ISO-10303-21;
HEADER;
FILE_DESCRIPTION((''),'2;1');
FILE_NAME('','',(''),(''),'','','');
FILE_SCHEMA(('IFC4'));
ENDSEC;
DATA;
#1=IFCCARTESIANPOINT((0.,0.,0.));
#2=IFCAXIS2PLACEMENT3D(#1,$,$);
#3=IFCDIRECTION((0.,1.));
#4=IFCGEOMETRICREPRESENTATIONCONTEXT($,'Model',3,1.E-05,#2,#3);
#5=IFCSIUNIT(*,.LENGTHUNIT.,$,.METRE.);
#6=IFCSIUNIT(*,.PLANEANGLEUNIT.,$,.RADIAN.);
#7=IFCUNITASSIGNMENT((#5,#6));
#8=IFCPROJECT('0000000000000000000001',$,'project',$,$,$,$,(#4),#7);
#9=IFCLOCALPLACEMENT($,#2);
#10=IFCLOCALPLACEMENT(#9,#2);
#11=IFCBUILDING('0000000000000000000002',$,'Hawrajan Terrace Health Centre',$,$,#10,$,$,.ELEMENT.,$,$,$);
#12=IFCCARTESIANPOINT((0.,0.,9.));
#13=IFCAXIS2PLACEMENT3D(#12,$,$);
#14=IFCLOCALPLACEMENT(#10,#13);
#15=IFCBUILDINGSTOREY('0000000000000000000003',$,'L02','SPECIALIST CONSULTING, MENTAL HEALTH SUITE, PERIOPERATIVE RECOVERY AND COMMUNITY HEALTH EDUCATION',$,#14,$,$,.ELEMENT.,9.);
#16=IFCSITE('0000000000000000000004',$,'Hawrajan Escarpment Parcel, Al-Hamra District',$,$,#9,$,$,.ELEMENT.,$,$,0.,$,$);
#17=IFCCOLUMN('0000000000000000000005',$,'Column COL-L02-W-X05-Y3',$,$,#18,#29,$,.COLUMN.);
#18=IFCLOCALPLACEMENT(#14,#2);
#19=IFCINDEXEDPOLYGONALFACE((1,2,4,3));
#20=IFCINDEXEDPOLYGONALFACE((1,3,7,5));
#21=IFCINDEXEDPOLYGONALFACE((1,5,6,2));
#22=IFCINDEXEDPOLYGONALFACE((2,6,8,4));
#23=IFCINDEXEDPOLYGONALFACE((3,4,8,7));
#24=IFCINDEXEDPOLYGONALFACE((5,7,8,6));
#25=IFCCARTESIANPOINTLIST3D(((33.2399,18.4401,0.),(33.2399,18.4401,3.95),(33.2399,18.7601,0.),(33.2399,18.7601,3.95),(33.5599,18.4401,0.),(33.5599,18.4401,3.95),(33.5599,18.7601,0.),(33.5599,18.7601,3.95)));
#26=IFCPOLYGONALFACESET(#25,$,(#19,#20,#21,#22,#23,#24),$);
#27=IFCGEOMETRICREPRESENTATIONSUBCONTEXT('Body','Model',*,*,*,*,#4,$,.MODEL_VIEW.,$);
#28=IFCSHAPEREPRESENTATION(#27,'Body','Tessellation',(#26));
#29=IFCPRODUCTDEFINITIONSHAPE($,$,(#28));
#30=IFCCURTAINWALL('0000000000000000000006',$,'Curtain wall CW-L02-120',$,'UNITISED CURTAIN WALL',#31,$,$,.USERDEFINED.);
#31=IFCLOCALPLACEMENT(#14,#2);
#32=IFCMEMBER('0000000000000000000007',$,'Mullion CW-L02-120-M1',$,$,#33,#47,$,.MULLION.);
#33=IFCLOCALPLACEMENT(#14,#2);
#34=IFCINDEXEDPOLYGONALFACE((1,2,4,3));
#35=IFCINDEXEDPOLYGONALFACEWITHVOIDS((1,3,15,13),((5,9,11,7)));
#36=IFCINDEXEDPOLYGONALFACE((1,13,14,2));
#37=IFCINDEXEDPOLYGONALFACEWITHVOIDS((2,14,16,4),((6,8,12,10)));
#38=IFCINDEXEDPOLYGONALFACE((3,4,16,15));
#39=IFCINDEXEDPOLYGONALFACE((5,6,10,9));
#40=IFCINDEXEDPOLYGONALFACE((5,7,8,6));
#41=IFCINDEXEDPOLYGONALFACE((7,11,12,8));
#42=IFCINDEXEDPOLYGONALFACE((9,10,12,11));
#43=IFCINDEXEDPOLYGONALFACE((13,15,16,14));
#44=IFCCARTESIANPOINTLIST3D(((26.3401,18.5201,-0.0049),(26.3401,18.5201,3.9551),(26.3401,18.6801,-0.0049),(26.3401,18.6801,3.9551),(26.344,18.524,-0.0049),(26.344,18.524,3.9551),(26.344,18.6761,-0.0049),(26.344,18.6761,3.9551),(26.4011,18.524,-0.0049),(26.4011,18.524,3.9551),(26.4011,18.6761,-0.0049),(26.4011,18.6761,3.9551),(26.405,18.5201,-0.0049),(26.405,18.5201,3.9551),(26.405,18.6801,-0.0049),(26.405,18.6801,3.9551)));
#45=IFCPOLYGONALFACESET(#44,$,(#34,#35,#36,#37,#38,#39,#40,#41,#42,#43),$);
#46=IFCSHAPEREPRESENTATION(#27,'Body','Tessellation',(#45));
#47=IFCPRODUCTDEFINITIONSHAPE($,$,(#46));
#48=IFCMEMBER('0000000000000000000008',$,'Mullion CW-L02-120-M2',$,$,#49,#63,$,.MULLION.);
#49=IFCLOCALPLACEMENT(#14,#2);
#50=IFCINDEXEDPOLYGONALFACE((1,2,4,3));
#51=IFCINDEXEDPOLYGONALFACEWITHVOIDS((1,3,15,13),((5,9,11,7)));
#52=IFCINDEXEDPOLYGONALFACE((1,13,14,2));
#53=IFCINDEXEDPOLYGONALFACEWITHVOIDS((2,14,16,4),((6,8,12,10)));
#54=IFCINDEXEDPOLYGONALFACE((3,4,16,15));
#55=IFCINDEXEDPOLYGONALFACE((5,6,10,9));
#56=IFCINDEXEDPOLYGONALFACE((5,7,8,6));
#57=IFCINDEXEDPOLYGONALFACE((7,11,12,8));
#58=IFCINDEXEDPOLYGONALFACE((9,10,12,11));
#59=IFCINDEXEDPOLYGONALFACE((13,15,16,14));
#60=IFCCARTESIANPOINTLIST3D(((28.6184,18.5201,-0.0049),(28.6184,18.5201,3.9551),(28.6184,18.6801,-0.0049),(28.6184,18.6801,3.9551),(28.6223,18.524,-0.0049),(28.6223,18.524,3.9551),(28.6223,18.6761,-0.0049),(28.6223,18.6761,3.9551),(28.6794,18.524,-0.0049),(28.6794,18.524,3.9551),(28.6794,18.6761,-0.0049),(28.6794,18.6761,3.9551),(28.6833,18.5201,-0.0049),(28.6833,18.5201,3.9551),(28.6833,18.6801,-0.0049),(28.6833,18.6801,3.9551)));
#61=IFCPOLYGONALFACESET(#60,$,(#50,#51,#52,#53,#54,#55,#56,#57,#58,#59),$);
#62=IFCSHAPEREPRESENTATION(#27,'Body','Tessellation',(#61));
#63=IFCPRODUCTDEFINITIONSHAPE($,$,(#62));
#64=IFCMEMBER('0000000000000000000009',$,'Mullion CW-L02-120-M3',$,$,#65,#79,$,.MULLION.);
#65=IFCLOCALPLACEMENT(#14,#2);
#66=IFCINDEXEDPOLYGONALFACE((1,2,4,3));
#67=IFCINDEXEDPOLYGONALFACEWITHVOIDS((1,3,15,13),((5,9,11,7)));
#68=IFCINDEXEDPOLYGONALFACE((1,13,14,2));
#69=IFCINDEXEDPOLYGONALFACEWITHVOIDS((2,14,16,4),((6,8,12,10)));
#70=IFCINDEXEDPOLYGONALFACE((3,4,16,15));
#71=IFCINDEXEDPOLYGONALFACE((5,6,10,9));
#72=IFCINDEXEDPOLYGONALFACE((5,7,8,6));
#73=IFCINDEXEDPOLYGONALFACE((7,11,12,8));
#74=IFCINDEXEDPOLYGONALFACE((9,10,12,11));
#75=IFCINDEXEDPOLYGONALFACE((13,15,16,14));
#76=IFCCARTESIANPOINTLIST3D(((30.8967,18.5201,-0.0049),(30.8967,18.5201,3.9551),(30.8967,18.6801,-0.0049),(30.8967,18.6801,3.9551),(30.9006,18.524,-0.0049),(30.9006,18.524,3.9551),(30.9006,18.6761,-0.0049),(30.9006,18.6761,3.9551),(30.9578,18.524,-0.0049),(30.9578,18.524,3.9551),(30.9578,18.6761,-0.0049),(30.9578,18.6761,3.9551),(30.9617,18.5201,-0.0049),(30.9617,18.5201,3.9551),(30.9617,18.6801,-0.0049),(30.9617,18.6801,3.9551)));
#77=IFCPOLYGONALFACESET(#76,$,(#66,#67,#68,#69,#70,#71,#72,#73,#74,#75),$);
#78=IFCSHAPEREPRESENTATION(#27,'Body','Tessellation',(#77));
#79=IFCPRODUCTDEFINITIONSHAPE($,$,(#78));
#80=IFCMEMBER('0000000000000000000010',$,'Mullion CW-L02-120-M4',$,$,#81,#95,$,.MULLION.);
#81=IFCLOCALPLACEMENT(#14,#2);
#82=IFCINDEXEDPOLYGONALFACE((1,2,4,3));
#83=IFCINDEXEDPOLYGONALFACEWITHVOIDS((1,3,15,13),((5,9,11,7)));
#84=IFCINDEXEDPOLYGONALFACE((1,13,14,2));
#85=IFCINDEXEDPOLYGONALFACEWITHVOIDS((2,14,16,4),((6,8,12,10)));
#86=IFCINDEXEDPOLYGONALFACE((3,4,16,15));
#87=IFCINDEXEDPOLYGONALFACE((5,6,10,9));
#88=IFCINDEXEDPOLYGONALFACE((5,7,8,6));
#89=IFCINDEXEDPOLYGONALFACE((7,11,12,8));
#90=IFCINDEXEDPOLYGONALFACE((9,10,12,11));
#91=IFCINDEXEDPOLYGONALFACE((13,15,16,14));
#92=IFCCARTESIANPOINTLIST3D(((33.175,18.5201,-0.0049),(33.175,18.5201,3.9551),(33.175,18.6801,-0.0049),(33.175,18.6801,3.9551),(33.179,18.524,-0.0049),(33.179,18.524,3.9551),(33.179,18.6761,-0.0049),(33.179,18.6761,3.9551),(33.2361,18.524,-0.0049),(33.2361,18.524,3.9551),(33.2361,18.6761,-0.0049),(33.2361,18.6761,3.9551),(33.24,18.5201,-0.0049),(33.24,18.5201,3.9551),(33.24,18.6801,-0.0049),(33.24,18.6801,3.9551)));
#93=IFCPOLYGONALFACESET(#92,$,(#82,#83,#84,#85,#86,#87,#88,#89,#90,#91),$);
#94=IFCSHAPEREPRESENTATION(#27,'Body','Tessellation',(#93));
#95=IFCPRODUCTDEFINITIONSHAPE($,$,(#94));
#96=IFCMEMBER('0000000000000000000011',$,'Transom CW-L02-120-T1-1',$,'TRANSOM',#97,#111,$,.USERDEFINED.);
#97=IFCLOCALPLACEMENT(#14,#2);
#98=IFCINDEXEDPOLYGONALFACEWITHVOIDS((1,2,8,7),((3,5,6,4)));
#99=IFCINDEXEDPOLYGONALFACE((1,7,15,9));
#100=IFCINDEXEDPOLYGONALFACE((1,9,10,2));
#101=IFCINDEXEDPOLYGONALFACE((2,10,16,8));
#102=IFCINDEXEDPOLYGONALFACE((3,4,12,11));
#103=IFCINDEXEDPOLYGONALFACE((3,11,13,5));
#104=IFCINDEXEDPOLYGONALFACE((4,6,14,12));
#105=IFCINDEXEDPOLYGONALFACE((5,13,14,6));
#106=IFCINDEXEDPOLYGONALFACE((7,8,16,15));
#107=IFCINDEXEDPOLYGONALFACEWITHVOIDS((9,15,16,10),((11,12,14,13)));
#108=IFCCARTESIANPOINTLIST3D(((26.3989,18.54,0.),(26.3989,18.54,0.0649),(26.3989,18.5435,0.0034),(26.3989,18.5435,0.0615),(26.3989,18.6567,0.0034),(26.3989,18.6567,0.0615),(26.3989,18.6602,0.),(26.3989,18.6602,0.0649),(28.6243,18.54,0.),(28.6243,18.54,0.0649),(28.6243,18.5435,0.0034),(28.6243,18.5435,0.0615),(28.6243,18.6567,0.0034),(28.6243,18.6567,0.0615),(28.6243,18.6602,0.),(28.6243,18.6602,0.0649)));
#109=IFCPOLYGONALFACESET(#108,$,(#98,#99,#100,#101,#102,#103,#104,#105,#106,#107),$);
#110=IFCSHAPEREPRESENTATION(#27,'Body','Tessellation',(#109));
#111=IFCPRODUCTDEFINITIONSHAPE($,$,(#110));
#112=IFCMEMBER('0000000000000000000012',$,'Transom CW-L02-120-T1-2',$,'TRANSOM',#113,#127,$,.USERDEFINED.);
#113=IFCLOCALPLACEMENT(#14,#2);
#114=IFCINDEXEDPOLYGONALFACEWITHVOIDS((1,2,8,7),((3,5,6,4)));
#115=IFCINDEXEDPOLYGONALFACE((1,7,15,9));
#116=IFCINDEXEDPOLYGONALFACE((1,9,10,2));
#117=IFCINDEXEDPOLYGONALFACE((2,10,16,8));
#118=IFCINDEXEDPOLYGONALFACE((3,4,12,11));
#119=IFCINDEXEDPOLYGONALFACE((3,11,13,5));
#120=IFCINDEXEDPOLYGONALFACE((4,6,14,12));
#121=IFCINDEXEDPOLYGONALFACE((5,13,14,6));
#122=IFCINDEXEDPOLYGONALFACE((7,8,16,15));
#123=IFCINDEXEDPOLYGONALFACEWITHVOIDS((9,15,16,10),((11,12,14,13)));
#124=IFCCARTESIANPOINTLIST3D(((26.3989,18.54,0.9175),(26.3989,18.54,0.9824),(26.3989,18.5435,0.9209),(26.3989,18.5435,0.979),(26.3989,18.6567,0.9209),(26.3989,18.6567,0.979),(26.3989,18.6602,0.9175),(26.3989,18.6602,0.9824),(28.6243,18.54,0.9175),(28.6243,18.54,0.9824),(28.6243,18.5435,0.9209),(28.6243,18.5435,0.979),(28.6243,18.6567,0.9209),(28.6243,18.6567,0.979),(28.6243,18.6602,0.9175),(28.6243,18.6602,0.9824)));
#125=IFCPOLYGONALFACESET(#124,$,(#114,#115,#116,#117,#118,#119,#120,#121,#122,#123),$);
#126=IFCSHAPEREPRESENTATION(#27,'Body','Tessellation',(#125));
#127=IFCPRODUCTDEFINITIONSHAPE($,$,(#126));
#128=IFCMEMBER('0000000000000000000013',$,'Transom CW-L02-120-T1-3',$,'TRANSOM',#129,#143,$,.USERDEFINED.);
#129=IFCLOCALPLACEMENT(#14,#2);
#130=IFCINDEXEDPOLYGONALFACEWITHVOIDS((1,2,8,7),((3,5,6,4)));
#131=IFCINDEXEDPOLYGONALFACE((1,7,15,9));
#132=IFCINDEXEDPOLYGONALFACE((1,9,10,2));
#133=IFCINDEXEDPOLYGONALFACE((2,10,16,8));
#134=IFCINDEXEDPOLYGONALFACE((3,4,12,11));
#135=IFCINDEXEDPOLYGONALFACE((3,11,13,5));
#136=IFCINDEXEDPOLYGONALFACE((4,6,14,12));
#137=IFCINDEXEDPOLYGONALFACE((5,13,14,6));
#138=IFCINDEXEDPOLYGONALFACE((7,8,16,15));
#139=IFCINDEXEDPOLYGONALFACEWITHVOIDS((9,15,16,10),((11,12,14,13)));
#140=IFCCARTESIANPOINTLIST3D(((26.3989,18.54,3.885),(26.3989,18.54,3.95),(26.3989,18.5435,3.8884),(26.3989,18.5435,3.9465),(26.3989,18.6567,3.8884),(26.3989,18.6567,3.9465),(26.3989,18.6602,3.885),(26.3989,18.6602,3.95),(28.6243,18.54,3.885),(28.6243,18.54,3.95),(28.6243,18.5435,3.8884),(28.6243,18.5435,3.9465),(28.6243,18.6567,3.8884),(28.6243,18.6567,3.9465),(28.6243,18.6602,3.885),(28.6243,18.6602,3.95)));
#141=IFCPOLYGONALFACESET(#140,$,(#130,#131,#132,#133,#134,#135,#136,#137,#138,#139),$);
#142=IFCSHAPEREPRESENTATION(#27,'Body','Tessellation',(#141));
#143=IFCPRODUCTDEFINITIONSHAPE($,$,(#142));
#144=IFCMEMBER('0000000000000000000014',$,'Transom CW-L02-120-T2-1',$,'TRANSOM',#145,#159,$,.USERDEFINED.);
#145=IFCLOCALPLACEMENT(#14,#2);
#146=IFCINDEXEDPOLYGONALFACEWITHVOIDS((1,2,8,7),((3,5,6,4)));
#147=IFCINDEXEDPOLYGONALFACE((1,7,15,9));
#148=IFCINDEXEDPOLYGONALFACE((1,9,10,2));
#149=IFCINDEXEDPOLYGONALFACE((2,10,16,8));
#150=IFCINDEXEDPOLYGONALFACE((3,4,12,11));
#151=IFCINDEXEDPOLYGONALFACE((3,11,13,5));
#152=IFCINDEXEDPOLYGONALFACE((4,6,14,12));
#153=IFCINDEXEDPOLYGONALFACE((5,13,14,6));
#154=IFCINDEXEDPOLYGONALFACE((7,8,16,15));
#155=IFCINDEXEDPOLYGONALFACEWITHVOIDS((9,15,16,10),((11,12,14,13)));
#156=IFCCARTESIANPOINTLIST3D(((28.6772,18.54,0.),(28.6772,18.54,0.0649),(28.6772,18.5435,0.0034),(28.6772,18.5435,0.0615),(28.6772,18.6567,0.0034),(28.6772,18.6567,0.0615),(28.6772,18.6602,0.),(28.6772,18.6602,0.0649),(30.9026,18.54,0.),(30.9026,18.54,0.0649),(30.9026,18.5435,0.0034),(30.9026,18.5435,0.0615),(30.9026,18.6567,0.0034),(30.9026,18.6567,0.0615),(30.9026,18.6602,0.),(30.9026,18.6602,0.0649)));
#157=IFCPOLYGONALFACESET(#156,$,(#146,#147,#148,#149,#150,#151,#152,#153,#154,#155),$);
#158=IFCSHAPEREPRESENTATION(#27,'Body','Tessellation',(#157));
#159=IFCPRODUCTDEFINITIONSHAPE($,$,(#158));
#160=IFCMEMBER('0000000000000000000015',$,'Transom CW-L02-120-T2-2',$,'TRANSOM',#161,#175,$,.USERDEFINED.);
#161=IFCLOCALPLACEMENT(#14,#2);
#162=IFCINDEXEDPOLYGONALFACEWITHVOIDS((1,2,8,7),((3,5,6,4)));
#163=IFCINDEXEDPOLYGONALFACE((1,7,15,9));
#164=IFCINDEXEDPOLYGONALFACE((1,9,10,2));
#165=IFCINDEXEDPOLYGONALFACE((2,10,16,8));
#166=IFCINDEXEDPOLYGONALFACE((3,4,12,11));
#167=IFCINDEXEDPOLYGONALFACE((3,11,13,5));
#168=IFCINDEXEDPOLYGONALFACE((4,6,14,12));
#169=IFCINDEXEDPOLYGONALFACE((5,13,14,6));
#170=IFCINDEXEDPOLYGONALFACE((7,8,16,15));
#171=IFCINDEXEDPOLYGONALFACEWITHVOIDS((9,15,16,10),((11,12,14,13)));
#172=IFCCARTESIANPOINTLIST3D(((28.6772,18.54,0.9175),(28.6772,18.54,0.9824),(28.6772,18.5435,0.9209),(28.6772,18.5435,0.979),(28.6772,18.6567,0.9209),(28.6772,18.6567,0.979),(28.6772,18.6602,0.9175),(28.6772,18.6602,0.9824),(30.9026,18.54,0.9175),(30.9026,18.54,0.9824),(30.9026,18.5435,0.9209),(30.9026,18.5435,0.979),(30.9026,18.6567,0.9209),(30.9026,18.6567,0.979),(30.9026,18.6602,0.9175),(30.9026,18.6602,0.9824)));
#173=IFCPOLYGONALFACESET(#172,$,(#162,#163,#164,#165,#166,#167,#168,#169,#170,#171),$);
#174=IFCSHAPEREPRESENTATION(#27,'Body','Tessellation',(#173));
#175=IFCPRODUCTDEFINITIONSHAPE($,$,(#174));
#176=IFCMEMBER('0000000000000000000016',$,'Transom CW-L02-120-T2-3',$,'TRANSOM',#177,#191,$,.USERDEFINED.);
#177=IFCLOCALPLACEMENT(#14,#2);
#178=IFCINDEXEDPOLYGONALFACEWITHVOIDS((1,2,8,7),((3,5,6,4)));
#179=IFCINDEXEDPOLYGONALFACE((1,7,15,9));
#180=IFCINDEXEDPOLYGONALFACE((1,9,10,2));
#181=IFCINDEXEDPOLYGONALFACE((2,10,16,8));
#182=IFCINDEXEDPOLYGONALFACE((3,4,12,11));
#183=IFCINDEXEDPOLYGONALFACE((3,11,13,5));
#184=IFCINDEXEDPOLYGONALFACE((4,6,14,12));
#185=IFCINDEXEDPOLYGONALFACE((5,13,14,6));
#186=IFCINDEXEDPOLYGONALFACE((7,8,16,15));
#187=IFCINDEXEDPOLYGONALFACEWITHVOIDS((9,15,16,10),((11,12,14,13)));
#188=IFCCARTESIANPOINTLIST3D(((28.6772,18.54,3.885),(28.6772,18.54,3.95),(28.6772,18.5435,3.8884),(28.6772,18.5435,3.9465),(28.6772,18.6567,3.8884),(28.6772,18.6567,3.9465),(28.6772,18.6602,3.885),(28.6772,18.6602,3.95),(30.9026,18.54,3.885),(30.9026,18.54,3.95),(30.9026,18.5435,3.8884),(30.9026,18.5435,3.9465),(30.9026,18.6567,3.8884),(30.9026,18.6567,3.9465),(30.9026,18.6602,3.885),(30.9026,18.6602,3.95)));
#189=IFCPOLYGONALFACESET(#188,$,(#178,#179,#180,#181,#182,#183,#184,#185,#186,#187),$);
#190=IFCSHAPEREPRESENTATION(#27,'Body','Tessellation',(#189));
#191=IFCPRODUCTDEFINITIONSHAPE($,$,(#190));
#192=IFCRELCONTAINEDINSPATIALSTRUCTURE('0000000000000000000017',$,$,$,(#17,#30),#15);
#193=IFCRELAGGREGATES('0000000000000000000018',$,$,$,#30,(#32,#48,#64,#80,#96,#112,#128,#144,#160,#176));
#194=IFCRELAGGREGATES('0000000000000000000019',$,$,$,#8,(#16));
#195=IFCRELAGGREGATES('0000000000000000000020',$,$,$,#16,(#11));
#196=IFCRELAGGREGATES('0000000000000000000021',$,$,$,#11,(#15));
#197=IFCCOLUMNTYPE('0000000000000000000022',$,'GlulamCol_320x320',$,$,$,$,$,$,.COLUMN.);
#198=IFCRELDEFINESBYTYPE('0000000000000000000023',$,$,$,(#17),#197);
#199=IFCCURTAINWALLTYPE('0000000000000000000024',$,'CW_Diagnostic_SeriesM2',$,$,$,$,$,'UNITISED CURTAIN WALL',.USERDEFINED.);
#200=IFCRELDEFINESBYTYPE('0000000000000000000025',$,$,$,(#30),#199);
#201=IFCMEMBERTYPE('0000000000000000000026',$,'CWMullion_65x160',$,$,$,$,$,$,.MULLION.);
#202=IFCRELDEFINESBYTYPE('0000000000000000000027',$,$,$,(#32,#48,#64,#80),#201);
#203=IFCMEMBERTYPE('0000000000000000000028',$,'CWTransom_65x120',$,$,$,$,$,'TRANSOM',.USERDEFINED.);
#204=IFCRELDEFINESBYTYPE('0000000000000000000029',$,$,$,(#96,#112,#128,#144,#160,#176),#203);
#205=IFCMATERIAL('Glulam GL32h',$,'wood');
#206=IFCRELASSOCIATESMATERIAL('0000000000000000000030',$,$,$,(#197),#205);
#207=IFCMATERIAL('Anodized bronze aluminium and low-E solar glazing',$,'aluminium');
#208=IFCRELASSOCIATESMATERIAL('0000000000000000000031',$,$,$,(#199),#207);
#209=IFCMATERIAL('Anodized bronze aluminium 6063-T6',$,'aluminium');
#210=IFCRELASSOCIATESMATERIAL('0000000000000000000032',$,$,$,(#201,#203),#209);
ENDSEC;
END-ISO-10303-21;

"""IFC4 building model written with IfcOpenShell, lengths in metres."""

from ifc_helpers import new_model, si_unit, direction, frame, origin, origin_2d, place, context, subcontext, project, spatial, rectangle, hollow_rectangle, extrude, material, material_profile, profile_set, type_object, element, aggregate, save


model = new_model("IFC4")

# Units and contexts
model_context = context("Model", 3, precision=1e-05, world=origin(), true_north=direction((0.0, 1.0)))
body_context = subcontext(model_context, "Body", "Model", "MODEL_VIEW")
ifc_project = project(units=[si_unit("LENGTHUNIT", "METRE"), si_unit("PLANEANGLEUNIT", "RADIAN")], contexts=[model_context])

# Site, building, storey
site_placement = place(None, origin())
site = spatial("IfcSite", under=ifc_project, at=site_placement, Name="Hawrajan Escarpment Parcel, Al-Hamra District", CompositionType="ELEMENT", RefElevation=0.0)
building_placement = place(site_placement, origin())
building = spatial("IfcBuilding", under=site, at=building_placement, Name="Hawrajan Terrace Health Centre", CompositionType="ELEMENT")
storey_placement = place(building_placement, frame((0.0, 0.0, 9.0)))
storey = spatial("IfcBuildingStorey", under=building, at=storey_placement, Name="L02", Description="SPECIALIST CONSULTING, MENTAL HEALTH SUITE, PERIOPERATIVE RECOVERY AND COMMUNITY HEALTH EDUCATION", CompositionType="ELEMENT", Elevation=9.0)

# Column
ifc_material_1 = material(Name="Glulam GL32h", Category="wood")
ifc_material_profile_1 = material_profile(ifc_material_1, rectangle(XDim=0.3201, YDim=0.3201, at=origin_2d()), Name="GL 320x320")
ifc_profile_set_1 = profile_set([ifc_material_profile_1], Name="Glulam GL32h")
column_type = type_object("IfcColumnType", Name="GlulamCol_320x320", PredefinedType="COLUMN", material=ifc_profile_set_1)
column_placement = place(storey_placement, frame((33.3999, 18.6001, 0.0), z_axis=(0.0, 0.0, 1.0), x_axis=(1.0, 0.0, 0.0)))
element("IfcColumn", 1, at=column_placement, inside=storey, type_object=column_type, Name="Column COL-L02-W-X05-Y3", PredefinedType="COLUMN", context=body_context, shape_type="SweptSolid", body=[
    extrude(rectangle(XDim=0.3201, YDim=0.3201, at=origin_2d()), origin(), (0.0, 0.0, 1.0), 3.95),
])

# Curtain wall, members
ifc_material_2 = material(Name="Anodized bronze aluminium and low-E solar glazing", Category="aluminium")
curtain_wall_type = type_object("IfcCurtainWallType", Name="CW_Diagnostic_SeriesM2", ElementType="UNITISED CURTAIN WALL", PredefinedType="USERDEFINED", material=ifc_material_2)
curtain_wall_placement = place(storey_placement, origin())
curtain_wall = element("IfcCurtainWall", 2, at=curtain_wall_placement, inside=storey, type_object=curtain_wall_type, Name="Curtain wall CW-L02-120", ObjectType="UNITISED CURTAIN WALL", PredefinedType="USERDEFINED")
ifc_material_3 = material(Name="Anodized bronze aluminium 6063-T6", Category="aluminium")
ifc_material_profile_2 = material_profile(ifc_material_3, hollow_rectangle(XDim=0.0649, YDim=0.1599, WallThickness=0.0039, at=origin_2d()), Name="CW MUL 65x160")
ifc_profile_set_2 = profile_set([ifc_material_profile_2], Name="Anodized bronze aluminium 6063-T6")
member_type_1 = type_object("IfcMemberType", Name="CWMullion_65x160", PredefinedType="MULLION", material=ifc_profile_set_2)
member_1_placement = place(storey_placement, frame((26.3726, 18.6001, -0.0049), z_axis=(0.0, 0.0, 1.0), x_axis=(1.0, 0.0, 0.0)))
member_1 = element("IfcMember", 3, at=member_1_placement, type_object=member_type_1, Name="Mullion CW-L02-120-M1", PredefinedType="MULLION", context=body_context, shape_type="SweptSolid", body=[
    extrude(hollow_rectangle(XDim=0.0649, YDim=0.1599, WallThickness=0.0039, at=origin_2d()), origin(), (0.0, 0.0, 1.0), 3.96),
])
member_2_placement = place(storey_placement, frame((28.6509, 18.6001, -0.0049), z_axis=(0.0, 0.0, 1.0), x_axis=(1.0, 0.0, 0.0)))
member_2 = element("IfcMember", 4, at=member_2_placement, type_object=member_type_1, Name="Mullion CW-L02-120-M2", PredefinedType="MULLION", context=body_context, shape_type="SweptSolid", body=[
    extrude(hollow_rectangle(XDim=0.0649, YDim=0.1599, WallThickness=0.0039, at=origin_2d()), origin(), (0.0, 0.0, 1.0), 3.96),
])
member_3_placement = place(storey_placement, frame((30.9292, 18.6001, -0.0049), z_axis=(0.0, 0.0, 1.0), x_axis=(1.0, 0.0, 0.0)))
member_3 = element("IfcMember", 5, at=member_3_placement, type_object=member_type_1, Name="Mullion CW-L02-120-M3", PredefinedType="MULLION", context=body_context, shape_type="SweptSolid", body=[
    extrude(hollow_rectangle(XDim=0.0649, YDim=0.1599, WallThickness=0.0039, at=origin_2d()), origin(), (0.0, 0.0, 1.0), 3.96),
])
member_4_placement = place(storey_placement, frame((33.2075, 18.6001, -0.0049), z_axis=(0.0, 0.0, 1.0), x_axis=(1.0, 0.0, 0.0)))
member_4 = element("IfcMember", 6, at=member_4_placement, type_object=member_type_1, Name="Mullion CW-L02-120-M4", PredefinedType="MULLION", context=body_context, shape_type="SweptSolid", body=[
    extrude(hollow_rectangle(XDim=0.0649, YDim=0.1599, WallThickness=0.0039, at=origin_2d()), origin(), (0.0, 0.0, 1.0), 3.96),
])
ifc_material_profile_3 = material_profile(ifc_material_3, hollow_rectangle(XDim=0.0649, YDim=0.1201, WallThickness=0.0034, at=origin_2d()), Name="CW TRN 65x120")
ifc_profile_set_3 = profile_set([ifc_material_profile_3], Name="Anodized bronze aluminium 6063-T6")
member_type_2 = type_object("IfcMemberType", Name="CWTransom_65x120", ElementType="TRANSOM", PredefinedType="USERDEFINED", material=ifc_profile_set_3)
member_5_placement = place(storey_placement, frame((26.3989, 18.6001, 0.0325), z_axis=(1.0, 0.0, 0.0), x_axis=(0.0, 0.0, 1.0)))
member_5 = element("IfcMember", 7, at=member_5_placement, type_object=member_type_2, Name="Transom CW-L02-120-T1-1", ObjectType="TRANSOM", PredefinedType="USERDEFINED", context=body_context, shape_type="SweptSolid", body=[
    extrude(hollow_rectangle(XDim=0.0649, YDim=0.1201, WallThickness=0.0034, at=origin_2d()), origin(), (0.0, 0.0, 1.0), 2.2253),
])
member_6_placement = place(storey_placement, frame((26.3989, 18.6001, 0.95), z_axis=(1.0, 0.0, 0.0), x_axis=(0.0, 0.0, 1.0)))
member_6 = element("IfcMember", 8, at=member_6_placement, type_object=member_type_2, Name="Transom CW-L02-120-T1-2", ObjectType="TRANSOM", PredefinedType="USERDEFINED", context=body_context, shape_type="SweptSolid", body=[
    extrude(hollow_rectangle(XDim=0.0649, YDim=0.1201, WallThickness=0.0034, at=origin_2d()), origin(), (0.0, 0.0, 1.0), 2.2253),
])
member_7_placement = place(storey_placement, frame((26.3989, 18.6001, 3.9175), z_axis=(1.0, 0.0, 0.0), x_axis=(0.0, 0.0, 1.0)))
member_7 = element("IfcMember", 9, at=member_7_placement, type_object=member_type_2, Name="Transom CW-L02-120-T1-3", ObjectType="TRANSOM", PredefinedType="USERDEFINED", context=body_context, shape_type="SweptSolid", body=[
    extrude(hollow_rectangle(XDim=0.0649, YDim=0.1201, WallThickness=0.0034, at=origin_2d()), origin(), (0.0, 0.0, 1.0), 2.2253),
])
member_8_placement = place(storey_placement, frame((28.6772, 18.6001, 0.0325), z_axis=(1.0, 0.0, 0.0), x_axis=(0.0, 0.0, 1.0)))
member_8 = element("IfcMember", 10, at=member_8_placement, type_object=member_type_2, Name="Transom CW-L02-120-T2-1", ObjectType="TRANSOM", PredefinedType="USERDEFINED", context=body_context, shape_type="SweptSolid", body=[
    extrude(hollow_rectangle(XDim=0.0649, YDim=0.1201, WallThickness=0.0034, at=origin_2d()), origin(), (0.0, 0.0, 1.0), 2.2253),
])
member_9_placement = place(storey_placement, frame((28.6772, 18.6001, 0.95), z_axis=(1.0, 0.0, 0.0), x_axis=(0.0, 0.0, 1.0)))
member_9 = element("IfcMember", 11, at=member_9_placement, type_object=member_type_2, Name="Transom CW-L02-120-T2-2", ObjectType="TRANSOM", PredefinedType="USERDEFINED", context=body_context, shape_type="SweptSolid", body=[
    extrude(hollow_rectangle(XDim=0.0649, YDim=0.1201, WallThickness=0.0034, at=origin_2d()), origin(), (0.0, 0.0, 1.0), 2.2253),
])
member_10_placement = place(storey_placement, frame((28.6772, 18.6001, 3.9175), z_axis=(1.0, 0.0, 0.0), x_axis=(0.0, 0.0, 1.0)))
member_10 = element("IfcMember", 12, at=member_10_placement, type_object=member_type_2, Name="Transom CW-L02-120-T2-3", ObjectType="TRANSOM", PredefinedType="USERDEFINED", context=body_context, shape_type="SweptSolid", body=[
    extrude(hollow_rectangle(XDim=0.0649, YDim=0.1201, WallThickness=0.0034, at=origin_2d()), origin(), (0.0, 0.0, 1.0), 2.2253),
])
aggregate(curtain_wall, [member_1, member_2, member_3, member_4, member_5, member_6, member_7, member_8, member_9, member_10])

save(model, "model.ifc")
